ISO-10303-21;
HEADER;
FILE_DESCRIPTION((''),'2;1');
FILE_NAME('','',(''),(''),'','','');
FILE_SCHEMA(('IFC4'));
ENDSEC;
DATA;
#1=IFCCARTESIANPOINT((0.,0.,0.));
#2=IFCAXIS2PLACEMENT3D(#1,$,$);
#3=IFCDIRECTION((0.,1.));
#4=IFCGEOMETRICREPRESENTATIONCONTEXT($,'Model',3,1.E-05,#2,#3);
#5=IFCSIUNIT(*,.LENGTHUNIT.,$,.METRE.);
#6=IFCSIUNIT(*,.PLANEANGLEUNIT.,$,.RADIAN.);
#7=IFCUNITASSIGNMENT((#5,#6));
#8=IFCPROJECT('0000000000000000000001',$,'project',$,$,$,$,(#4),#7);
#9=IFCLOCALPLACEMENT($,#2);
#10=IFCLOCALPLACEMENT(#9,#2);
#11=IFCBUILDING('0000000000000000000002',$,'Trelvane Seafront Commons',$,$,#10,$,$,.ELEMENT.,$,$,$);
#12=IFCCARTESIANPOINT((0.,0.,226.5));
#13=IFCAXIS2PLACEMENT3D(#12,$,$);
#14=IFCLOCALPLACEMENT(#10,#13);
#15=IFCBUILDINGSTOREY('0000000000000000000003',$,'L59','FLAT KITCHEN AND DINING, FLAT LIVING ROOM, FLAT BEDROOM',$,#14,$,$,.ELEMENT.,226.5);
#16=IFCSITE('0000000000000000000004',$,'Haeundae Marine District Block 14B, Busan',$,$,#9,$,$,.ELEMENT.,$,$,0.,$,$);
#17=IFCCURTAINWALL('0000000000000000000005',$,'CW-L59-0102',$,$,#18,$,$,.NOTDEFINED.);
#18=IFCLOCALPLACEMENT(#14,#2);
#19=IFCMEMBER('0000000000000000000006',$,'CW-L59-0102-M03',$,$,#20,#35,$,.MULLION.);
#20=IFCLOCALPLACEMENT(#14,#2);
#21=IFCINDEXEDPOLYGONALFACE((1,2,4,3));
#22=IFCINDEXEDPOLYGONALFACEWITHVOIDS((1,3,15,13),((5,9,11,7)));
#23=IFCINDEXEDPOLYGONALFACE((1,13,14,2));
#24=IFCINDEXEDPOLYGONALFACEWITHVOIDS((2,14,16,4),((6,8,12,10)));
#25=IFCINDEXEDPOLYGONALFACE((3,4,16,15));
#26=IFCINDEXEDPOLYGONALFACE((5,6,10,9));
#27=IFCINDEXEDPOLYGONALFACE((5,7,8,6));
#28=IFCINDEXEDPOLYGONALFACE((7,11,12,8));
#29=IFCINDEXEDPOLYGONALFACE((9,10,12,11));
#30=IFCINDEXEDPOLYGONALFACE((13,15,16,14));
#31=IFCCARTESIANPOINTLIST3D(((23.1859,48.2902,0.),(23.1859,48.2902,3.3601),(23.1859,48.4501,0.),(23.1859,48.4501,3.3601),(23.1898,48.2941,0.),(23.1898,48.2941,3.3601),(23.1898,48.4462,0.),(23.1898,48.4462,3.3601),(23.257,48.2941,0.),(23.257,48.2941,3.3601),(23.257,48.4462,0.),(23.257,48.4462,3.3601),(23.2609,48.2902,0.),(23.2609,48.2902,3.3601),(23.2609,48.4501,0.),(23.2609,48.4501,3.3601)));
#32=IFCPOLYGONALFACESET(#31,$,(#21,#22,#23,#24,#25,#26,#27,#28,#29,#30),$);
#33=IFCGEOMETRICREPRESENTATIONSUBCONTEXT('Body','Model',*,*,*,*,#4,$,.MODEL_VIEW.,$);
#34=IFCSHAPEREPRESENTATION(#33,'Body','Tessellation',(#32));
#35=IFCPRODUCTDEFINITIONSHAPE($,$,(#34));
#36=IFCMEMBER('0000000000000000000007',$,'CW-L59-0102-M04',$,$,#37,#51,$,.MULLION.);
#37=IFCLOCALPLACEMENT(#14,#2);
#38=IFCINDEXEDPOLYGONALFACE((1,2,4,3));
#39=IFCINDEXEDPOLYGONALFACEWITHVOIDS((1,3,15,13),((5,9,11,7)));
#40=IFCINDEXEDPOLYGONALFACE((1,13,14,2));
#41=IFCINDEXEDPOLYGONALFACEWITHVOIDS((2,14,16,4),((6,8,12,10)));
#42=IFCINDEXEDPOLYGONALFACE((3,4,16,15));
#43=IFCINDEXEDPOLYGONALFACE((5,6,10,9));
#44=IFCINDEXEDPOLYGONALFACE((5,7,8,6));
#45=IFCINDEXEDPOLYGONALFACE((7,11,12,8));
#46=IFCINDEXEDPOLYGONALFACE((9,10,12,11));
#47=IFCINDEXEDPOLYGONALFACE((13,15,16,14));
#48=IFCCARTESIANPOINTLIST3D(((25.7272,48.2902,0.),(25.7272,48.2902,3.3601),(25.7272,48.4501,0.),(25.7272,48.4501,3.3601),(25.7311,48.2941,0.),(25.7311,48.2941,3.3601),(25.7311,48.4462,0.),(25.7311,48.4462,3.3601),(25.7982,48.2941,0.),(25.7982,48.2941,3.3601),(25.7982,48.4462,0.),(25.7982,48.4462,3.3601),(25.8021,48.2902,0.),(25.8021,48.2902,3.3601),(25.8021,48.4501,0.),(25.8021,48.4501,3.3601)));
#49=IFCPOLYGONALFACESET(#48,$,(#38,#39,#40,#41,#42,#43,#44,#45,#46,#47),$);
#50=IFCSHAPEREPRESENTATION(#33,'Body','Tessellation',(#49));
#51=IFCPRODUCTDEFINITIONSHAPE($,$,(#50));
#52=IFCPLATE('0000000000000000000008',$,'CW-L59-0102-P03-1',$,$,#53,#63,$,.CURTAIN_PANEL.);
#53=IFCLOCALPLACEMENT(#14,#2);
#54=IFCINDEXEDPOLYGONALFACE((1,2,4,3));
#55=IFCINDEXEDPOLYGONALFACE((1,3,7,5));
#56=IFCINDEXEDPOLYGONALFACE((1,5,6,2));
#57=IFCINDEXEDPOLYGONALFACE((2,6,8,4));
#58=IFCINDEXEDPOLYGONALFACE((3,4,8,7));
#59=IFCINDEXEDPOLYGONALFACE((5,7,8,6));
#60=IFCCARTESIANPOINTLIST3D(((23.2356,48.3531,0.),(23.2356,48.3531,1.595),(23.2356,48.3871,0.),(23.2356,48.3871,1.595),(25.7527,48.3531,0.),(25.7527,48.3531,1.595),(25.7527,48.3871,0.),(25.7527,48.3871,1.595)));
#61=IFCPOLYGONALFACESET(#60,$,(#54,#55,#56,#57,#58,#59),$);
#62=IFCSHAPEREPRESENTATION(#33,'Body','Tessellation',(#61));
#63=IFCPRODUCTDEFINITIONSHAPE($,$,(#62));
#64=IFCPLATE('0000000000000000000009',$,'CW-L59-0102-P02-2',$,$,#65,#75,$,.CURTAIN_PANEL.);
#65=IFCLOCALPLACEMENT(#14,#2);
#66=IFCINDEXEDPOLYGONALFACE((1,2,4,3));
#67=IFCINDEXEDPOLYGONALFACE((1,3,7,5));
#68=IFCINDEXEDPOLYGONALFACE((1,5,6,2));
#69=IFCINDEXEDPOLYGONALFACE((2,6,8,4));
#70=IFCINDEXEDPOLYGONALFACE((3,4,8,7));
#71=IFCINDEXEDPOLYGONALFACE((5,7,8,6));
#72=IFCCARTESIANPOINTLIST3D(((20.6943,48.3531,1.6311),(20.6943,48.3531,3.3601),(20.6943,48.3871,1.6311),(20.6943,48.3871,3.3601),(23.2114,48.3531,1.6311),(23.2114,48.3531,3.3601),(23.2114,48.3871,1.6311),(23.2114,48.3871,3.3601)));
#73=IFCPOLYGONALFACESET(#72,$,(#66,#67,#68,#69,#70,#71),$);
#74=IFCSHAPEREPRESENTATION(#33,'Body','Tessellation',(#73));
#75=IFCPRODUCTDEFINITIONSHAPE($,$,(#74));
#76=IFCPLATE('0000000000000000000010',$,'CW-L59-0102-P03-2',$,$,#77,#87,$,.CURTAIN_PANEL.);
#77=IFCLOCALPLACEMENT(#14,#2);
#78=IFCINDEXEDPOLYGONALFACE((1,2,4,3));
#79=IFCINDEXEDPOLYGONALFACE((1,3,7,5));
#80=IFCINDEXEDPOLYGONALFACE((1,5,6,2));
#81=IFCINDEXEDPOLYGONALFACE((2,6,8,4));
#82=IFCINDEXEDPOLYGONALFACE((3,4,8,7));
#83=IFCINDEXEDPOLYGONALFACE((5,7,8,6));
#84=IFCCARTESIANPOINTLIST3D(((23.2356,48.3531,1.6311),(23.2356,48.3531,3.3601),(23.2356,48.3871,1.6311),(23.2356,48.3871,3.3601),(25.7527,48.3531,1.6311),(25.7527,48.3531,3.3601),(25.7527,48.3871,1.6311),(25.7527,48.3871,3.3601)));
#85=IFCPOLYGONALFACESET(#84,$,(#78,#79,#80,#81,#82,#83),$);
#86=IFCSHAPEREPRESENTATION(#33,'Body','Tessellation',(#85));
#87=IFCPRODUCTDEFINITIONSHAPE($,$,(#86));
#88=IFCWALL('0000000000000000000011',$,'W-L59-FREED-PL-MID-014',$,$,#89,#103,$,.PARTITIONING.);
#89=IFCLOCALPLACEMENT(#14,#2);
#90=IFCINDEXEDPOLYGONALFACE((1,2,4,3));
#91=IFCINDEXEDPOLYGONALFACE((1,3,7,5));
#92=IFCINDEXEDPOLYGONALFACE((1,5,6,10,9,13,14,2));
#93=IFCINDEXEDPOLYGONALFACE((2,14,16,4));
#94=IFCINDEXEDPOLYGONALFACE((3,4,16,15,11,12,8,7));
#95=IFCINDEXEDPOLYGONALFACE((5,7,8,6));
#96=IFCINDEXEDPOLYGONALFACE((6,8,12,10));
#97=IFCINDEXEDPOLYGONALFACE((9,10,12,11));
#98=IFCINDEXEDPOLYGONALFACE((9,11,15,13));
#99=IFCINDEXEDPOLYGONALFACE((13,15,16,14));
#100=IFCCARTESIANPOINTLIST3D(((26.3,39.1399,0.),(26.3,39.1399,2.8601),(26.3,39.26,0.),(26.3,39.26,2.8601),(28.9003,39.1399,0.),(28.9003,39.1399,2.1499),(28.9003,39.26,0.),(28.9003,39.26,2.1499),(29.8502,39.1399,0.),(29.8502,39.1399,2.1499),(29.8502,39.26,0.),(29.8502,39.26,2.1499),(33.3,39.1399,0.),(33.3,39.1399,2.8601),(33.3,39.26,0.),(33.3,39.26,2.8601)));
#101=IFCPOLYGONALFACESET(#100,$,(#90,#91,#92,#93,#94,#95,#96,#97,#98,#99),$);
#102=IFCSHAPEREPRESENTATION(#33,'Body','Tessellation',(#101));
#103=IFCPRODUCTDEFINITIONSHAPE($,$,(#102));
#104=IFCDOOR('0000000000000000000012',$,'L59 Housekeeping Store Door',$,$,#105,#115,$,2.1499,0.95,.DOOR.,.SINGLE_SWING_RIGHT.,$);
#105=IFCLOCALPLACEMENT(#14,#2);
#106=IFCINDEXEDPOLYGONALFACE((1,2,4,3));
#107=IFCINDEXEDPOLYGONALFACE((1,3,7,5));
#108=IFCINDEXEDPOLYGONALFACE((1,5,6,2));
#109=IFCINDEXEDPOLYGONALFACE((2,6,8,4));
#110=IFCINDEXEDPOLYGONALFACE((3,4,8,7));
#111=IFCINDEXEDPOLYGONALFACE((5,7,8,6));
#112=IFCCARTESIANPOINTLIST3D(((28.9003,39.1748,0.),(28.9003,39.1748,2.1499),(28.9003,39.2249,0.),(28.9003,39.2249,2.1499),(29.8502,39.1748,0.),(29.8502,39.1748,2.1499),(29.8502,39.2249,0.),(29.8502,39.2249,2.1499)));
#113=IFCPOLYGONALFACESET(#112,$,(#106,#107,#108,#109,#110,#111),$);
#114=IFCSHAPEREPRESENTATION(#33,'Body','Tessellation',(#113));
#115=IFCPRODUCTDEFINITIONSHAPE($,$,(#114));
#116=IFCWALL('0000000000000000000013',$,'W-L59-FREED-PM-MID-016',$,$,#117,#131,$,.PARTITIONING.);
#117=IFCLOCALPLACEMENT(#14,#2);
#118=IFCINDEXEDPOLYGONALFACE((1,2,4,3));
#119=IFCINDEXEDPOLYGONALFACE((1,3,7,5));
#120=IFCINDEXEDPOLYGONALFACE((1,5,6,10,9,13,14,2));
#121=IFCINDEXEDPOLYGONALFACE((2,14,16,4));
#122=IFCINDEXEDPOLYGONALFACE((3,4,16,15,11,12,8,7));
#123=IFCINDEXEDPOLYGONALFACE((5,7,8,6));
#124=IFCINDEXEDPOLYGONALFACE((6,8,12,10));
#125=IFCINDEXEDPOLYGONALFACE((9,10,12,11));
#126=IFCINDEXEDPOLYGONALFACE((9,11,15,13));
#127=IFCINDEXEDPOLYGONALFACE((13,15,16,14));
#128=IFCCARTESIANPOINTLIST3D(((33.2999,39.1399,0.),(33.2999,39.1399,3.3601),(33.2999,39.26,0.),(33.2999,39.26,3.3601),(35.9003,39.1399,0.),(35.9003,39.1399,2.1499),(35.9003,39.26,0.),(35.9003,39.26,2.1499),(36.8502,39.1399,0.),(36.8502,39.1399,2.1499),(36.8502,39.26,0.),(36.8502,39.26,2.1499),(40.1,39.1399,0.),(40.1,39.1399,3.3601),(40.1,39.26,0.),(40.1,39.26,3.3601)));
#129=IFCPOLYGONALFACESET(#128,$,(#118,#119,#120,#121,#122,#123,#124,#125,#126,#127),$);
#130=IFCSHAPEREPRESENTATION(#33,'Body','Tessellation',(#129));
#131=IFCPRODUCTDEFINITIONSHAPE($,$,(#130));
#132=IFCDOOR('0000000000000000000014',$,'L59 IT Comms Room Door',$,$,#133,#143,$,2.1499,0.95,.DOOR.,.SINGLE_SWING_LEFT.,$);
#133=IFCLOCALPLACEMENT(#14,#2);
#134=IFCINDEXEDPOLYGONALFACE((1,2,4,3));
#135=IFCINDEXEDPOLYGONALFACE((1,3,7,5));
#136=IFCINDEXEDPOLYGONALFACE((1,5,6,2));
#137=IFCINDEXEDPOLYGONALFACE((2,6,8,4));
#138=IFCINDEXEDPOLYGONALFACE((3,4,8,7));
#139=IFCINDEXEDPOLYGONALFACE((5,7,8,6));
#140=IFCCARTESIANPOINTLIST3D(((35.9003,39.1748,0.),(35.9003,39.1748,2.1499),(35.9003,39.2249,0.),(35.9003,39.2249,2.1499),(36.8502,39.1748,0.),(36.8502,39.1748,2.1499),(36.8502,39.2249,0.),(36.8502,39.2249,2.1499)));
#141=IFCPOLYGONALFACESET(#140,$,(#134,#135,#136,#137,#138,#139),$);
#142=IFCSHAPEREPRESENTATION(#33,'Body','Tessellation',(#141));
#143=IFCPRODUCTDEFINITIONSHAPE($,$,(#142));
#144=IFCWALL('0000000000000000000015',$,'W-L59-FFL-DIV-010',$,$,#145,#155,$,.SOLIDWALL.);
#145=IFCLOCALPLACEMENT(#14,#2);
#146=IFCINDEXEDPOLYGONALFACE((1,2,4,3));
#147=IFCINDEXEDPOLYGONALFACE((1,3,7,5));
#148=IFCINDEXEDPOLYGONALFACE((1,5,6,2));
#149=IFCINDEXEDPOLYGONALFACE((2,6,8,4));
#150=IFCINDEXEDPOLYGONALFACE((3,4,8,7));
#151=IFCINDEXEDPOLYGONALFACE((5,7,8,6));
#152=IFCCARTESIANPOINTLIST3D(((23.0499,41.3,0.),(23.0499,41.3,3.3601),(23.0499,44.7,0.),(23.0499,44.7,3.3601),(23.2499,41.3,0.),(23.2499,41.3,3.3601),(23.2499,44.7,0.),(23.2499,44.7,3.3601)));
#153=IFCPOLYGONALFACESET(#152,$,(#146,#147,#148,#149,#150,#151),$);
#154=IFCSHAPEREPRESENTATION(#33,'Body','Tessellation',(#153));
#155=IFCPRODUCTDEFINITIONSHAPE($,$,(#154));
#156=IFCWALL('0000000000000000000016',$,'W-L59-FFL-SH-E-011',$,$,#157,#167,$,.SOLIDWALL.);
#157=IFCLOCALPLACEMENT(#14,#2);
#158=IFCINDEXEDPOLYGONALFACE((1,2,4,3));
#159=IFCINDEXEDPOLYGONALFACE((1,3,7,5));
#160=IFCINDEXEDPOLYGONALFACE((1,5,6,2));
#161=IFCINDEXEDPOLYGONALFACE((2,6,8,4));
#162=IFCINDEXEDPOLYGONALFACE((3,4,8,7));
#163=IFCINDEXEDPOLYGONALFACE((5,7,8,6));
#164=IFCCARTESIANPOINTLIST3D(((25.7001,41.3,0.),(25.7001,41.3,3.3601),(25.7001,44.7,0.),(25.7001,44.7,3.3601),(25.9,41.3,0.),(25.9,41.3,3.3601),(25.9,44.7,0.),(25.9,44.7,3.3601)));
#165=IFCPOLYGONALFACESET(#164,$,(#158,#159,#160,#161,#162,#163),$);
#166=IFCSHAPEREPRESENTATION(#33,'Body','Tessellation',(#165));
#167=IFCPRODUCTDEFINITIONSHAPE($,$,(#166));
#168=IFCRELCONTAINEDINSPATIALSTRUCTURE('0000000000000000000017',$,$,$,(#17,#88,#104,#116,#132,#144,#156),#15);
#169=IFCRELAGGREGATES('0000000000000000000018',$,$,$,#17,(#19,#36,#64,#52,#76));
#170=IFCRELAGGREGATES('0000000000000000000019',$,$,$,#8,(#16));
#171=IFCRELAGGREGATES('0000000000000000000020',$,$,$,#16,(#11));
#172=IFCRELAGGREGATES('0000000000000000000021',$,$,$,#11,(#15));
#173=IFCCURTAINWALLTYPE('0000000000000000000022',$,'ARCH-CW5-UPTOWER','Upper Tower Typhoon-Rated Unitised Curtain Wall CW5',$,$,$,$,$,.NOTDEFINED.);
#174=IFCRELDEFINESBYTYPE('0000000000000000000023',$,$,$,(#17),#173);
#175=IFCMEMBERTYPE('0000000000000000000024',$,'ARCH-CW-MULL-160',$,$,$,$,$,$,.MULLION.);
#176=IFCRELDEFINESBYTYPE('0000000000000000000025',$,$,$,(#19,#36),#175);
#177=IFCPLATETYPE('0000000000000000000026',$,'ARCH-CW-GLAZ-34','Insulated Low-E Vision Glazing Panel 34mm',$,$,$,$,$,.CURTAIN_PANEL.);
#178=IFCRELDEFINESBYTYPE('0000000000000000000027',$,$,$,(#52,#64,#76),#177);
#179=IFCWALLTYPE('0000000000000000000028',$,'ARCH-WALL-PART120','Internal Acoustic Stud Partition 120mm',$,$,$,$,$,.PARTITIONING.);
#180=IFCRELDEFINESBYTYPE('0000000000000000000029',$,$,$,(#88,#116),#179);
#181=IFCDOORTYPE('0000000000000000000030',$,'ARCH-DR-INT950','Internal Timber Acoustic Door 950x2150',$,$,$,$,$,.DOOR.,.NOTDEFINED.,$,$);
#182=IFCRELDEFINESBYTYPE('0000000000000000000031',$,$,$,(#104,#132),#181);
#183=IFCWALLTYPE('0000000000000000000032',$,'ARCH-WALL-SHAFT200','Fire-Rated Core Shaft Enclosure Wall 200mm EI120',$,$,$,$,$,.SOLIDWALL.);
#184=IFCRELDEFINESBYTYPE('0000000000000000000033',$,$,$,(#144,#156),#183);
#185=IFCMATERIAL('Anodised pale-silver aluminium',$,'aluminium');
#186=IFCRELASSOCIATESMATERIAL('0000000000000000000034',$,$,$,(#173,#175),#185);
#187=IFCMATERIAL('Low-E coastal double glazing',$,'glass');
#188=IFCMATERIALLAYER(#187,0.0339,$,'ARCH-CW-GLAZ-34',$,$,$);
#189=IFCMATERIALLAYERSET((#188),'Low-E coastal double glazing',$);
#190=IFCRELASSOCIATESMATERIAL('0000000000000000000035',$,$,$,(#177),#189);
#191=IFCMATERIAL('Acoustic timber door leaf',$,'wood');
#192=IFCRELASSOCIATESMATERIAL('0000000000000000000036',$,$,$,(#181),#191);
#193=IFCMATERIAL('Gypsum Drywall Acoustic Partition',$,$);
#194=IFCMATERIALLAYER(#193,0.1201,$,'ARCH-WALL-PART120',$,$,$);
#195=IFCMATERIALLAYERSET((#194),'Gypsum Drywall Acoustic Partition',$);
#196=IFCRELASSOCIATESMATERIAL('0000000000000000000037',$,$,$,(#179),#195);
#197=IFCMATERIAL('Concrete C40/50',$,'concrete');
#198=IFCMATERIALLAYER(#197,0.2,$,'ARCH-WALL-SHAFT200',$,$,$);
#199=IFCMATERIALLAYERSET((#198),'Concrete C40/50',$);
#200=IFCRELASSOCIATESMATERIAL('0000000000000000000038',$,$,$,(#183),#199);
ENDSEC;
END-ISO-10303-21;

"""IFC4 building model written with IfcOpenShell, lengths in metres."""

from ifc_helpers import new_model, si_unit, direction, frame, frame_2d, origin, origin_2d, place, context, subcontext, project, spatial, rectangle, hollow_rectangle, extrude, source, transform, mapped, material, layer, layer_set, material_profile, profile_set, type_object, element, fill, aggregate, save


model = new_model("IFC4")

# Units and contexts
model_context = context("Model", 3, precision=1e-05, world=origin(), true_north=direction((0.0, 1.0)))
body_context = subcontext(model_context, "Body", "Model", "MODEL_VIEW")
ifc_project = project(units=[si_unit("LENGTHUNIT", "METRE"), si_unit("PLANEANGLEUNIT", "RADIAN")], contexts=[model_context])

# Site, building, storey
site_placement = place(None, origin())
site = spatial("IfcSite", under=ifc_project, at=site_placement, Name="Haeundae Marine District Block 14B, Busan", CompositionType="ELEMENT", RefElevation=0.0)
building_placement = place(site_placement, origin())
building = spatial("IfcBuilding", under=site, at=building_placement, Name="Trelvane Seafront Commons", CompositionType="ELEMENT")
storey_placement = place(building_placement, frame((0.0, 0.0, 226.5)))
storey = spatial("IfcBuildingStorey", under=building, at=storey_placement, Name="L59", Description="FLAT KITCHEN AND DINING, FLAT LIVING ROOM, FLAT BEDROOM", CompositionType="ELEMENT", Elevation=226.5)

# Curtain wall, members, plates
ifc_material_1 = material(Name="Anodised pale-silver aluminium", Category="aluminium")
curtain_wall_type = type_object("IfcCurtainWallType", Name="ARCH-CW5-UPTOWER", Description="Upper Tower Typhoon-Rated Unitised Curtain Wall CW5", PredefinedType="NOTDEFINED", material=ifc_material_1)
curtain_wall_placement = place(storey_placement, origin())
curtain_wall = element("IfcCurtainWall", 1, at=curtain_wall_placement, inside=storey, type_object=curtain_wall_type, Name="CW-L59-0102", PredefinedType="NOTDEFINED")
ifc_material_profile_1 = material_profile(ifc_material_1, hollow_rectangle(XDim=0.075, YDim=0.1599, WallThickness=0.0039, at=origin_2d()), Name="MULL-75x160x4")
ifc_profile_set_1 = profile_set([ifc_material_profile_1], Name="Anodised pale-silver aluminium")
member_type_1 = type_object("IfcMemberType", Name="ARCH-CW-MULL-160", PredefinedType="MULLION", material=ifc_profile_set_1)
shared_shape_1 = source(origin(), body_context, "Body", "SweptSolid", [
    extrude(hollow_rectangle(XDim=0.075, YDim=0.1599, WallThickness=0.0039, at=origin_2d()), origin(), (0.0, 0.0, 1.0), 3.3601),
])
member_1_placement = place(storey_placement, frame((23.2234, 48.3701, 0.0), z_axis=(0.0, 0.0, 1.0), x_axis=(1.0, 0.0, 0.0)))
member_1 = element("IfcMember", 2, at=member_1_placement, type_object=member_type_1, Name="CW-L59-0102-M03", PredefinedType="MULLION", context=body_context, shape_type="MappedRepresentation", body=[
    mapped(shared_shape_1, transform((0.0, 0.0, 0.0), x_axis=(1.0, 0.0, 0.0), y_axis=(0.0, 1.0, 0.0), z_axis=(0.0, 0.0, 1.0), scale=1.0)),
])
member_2_placement = place(storey_placement, frame((25.7646, 48.3701, 0.0), z_axis=(0.0, 0.0, 1.0), x_axis=(1.0, 0.0, 0.0)))
member_2 = element("IfcMember", 3, at=member_2_placement, type_object=member_type_1, Name="CW-L59-0102-M04", PredefinedType="MULLION", context=body_context, shape_type="MappedRepresentation", body=[
    mapped(shared_shape_1, transform((0.0, 0.0, 0.0), x_axis=(1.0, 0.0, 0.0), y_axis=(0.0, 1.0, 0.0), z_axis=(0.0, 0.0, 1.0), scale=1.0)),
])
ifc_material_2 = material(Name="Low-E coastal double glazing", Category="glass")
ifc_layer_1 = layer(ifc_material_2, 0.0339, Name="ARCH-CW-GLAZ-34")
ifc_layer_set_1 = layer_set([ifc_layer_1], Name="Low-E coastal double glazing")
plate_type = type_object("IfcPlateType", Name="ARCH-CW-GLAZ-34", Description="Insulated Low-E Vision Glazing Panel 34mm", PredefinedType="CURTAIN_PANEL", material=ifc_layer_set_1)
shared_shape_2 = source(origin(), body_context, "Body", "SweptSolid", [
    extrude(rectangle(XDim=2.5171, YDim=0.0339, at=origin_2d()), origin(), (0.0, 0.0, 1.0), 1.595),
])
plate_1_placement = place(storey_placement, frame((24.4941, 48.3701, 0.0), z_axis=(0.0, 0.0, 1.0), x_axis=(1.0, 0.0, 0.0)))
plate_1 = element("IfcPlate", 4, at=plate_1_placement, type_object=plate_type, Name="CW-L59-0102-P03-1", PredefinedType="CURTAIN_PANEL", context=body_context, shape_type="MappedRepresentation", body=[
    mapped(shared_shape_2, transform((0.0, 0.0, 0.0), x_axis=(1.0, 0.0, 0.0), y_axis=(0.0, 1.0, 0.0), z_axis=(0.0, 0.0, 1.0), scale=1.0)),
])
shared_shape_3 = source(origin(), body_context, "Body", "SweptSolid", [
    extrude(rectangle(XDim=2.5171, YDim=0.0339, at=origin_2d()), origin(), (0.0, 0.0, 1.0), 1.729),
])
plate_2_placement = place(storey_placement, frame((21.9529, 48.3701, 1.6311), z_axis=(0.0, 0.0, 1.0), x_axis=(1.0, 0.0, 0.0)))
plate_2 = element("IfcPlate", 5, at=plate_2_placement, type_object=plate_type, Name="CW-L59-0102-P02-2", PredefinedType="CURTAIN_PANEL", context=body_context, shape_type="MappedRepresentation", body=[
    mapped(shared_shape_3, transform((0.0, 0.0, 0.0), x_axis=(1.0, 0.0, 0.0), y_axis=(0.0, 1.0, 0.0), z_axis=(0.0, 0.0, 1.0), scale=1.0)),
])
plate_3_placement = place(storey_placement, frame((24.4941, 48.3701, 1.6311), z_axis=(0.0, 0.0, 1.0), x_axis=(1.0, 0.0, 0.0)))
plate_3 = element("IfcPlate", 6, at=plate_3_placement, type_object=plate_type, Name="CW-L59-0102-P03-2", PredefinedType="CURTAIN_PANEL", context=body_context, shape_type="MappedRepresentation", body=[
    mapped(shared_shape_3, transform((0.0, 0.0, 0.0), x_axis=(1.0, 0.0, 0.0), y_axis=(0.0, 1.0, 0.0), z_axis=(0.0, 0.0, 1.0), scale=1.0)),
])
aggregate(curtain_wall, [member_1, member_2, plate_2, plate_1, plate_3])

# Walls, openings, doors
ifc_material_3 = material(Name="Concrete C40/50", Category="concrete")
ifc_material_4 = material(Name="Acoustic timber door leaf", Category="wood")
door_type_1 = type_object("IfcDoorType", Name="ARCH-DR-INT950", Description="Internal Timber Acoustic Door 950x2150", OperationType="NOTDEFINED", PredefinedType="DOOR", material=ifc_material_4)
shared_shape_4 = source(origin(), body_context, "Body", "SweptSolid", [
    extrude(rectangle(XDim=0.95, YDim=2.1499, at=frame_2d((0.4751, 1.075))), frame((0.0, 0.0249, 0.0), z_axis=(0.0, -1.0, 0.0), x_axis=(1.0, 0.0, 0.0)), (0.0, 0.0, 1.0), 0.05),
])
ifc_material_5 = material(Name="Gypsum Drywall Acoustic Partition")
ifc_layer_2 = layer(ifc_material_5, 0.1201, Name="ARCH-WALL-PART120")
ifc_layer_set_2 = layer_set([ifc_layer_2], Name="Gypsum Drywall Acoustic Partition")
wall_type_1 = type_object("IfcWallType", Name="ARCH-WALL-PART120", Description="Internal Acoustic Stud Partition 120mm", PredefinedType="PARTITIONING", material=ifc_layer_set_2)
wall_1_placement = place(storey_placement, frame((26.3, 39.2, 0.0), z_axis=(0.0, 0.0, 1.0), x_axis=(1.0, 0.0, 0.0)))
wall_1 = element("IfcWall", 7, at=wall_1_placement, inside=storey, type_object=wall_type_1, Name="W-L59-FREED-PL-MID-014", PredefinedType="PARTITIONING", context=body_context, shape_type="SweptSolid", body=[
    extrude(rectangle(XDim=7.0, YDim=0.1201, at=frame_2d((3.5, 0.0))), origin(), (0.0, 0.0, 1.0), 2.8601),
])
opening_1_placement = place(wall_1_placement, frame((2.6001, 0.0, 0.0)))
opening_1 = element("IfcOpeningElement", 8, at=opening_1_placement, cuts=wall_1, PredefinedType="OPENING", context=body_context, shape_type="SweptSolid", body=[
    extrude(rectangle(XDim=0.95, YDim=2.1499, at=frame_2d((0.4751, 1.075))), frame((0.0, 0.0701, 0.0), z_axis=(0.0, -1.0, 0.0), x_axis=(1.0, 0.0, 0.0)), (0.0, 0.0, 1.0), 0.1401),
])
door_1_placement = place(opening_1_placement, origin())
door_1 = element("IfcDoor", 9, at=door_1_placement, inside=storey, type_object=door_type_1, Name="L59 Housekeeping Store Door", OperationType="SINGLE_SWING_RIGHT", OverallHeight=2.1499, OverallWidth=0.95, PredefinedType="DOOR", context=body_context, shape_type="MappedRepresentation", body=[
    mapped(shared_shape_4, transform((0.0, 0.0, 0.0), x_axis=(1.0, 0.0, 0.0), y_axis=(0.0, 1.0, 0.0), z_axis=(0.0, 0.0, 1.0), scale=1.0)),
])
fill(opening_1, door_1)
wall_2_placement = place(storey_placement, frame((33.3, 39.2, 0.0), z_axis=(0.0, 0.0, 1.0), x_axis=(1.0, 0.0, 0.0)))
wall_2 = element("IfcWall", 10, at=wall_2_placement, inside=storey, type_object=wall_type_1, Name="W-L59-FREED-PM-MID-016", PredefinedType="PARTITIONING", context=body_context, shape_type="SweptSolid", body=[
    extrude(rectangle(XDim=6.8, YDim=0.1201, at=frame_2d((3.3999, 0.0))), origin(), (0.0, 0.0, 1.0), 3.3601),
])
opening_2_placement = place(wall_2_placement, frame((2.6001, 0.0, 0.0)))
opening_2 = element("IfcOpeningElement", 11, at=opening_2_placement, cuts=wall_2, PredefinedType="OPENING", context=body_context, shape_type="SweptSolid", body=[
    extrude(rectangle(XDim=0.95, YDim=2.1499, at=frame_2d((0.4751, 1.075))), frame((0.0, 0.0701, 0.0), z_axis=(0.0, -1.0, 0.0), x_axis=(1.0, 0.0, 0.0)), (0.0, 0.0, 1.0), 0.1401),
])
door_2_placement = place(opening_2_placement, origin())
door_2 = element("IfcDoor", 12, at=door_2_placement, inside=storey, type_object=door_type_1, Name="L59 IT Comms Room Door", OperationType="SINGLE_SWING_LEFT", OverallHeight=2.1499, OverallWidth=0.95, PredefinedType="DOOR", context=body_context, shape_type="MappedRepresentation", body=[
    mapped(shared_shape_4, transform((0.0, 0.0, 0.0), x_axis=(1.0, 0.0, 0.0), y_axis=(0.0, 1.0, 0.0), z_axis=(0.0, 0.0, 1.0), scale=1.0)),
])
fill(opening_2, door_2)

# Walls
ifc_layer_3 = layer(ifc_material_3, 0.2, Name="ARCH-WALL-SHAFT200")
ifc_layer_set_3 = layer_set([ifc_layer_3], Name="Concrete C40/50")
wall_type_2 = type_object("IfcWallType", Name="ARCH-WALL-SHAFT200", Description="Fire-Rated Core Shaft Enclosure Wall 200mm EI120", PredefinedType="SOLIDWALL", material=ifc_layer_set_3)
for number, where, z_axis, x_axis, name in (
    (13, (23.1499, 41.3, 0.0), (0.0, 0.0, 1.0), (0.0, 1.0, 0.0), "W-L59-FFL-DIV-010"),
    (14, (25.8, 41.3, 0.0), (0.0, 0.0, 1.0), (0.0, 1.0, 0.0), "W-L59-FFL-SH-E-011"),
):
    element("IfcWall", number, at=place(storey_placement, frame(where, z_axis=z_axis, x_axis=x_axis)), inside=storey, type_object=wall_type_2, Name=name, PredefinedType="SOLIDWALL", context=body_context, shape_type="SweptSolid", body=[
        extrude(rectangle(XDim=3.3999, YDim=0.2, at=frame_2d((1.7, 0.0))), origin(), (0.0, 0.0, 1.0), 3.3601),
    ])

save(model, "model.ifc")
